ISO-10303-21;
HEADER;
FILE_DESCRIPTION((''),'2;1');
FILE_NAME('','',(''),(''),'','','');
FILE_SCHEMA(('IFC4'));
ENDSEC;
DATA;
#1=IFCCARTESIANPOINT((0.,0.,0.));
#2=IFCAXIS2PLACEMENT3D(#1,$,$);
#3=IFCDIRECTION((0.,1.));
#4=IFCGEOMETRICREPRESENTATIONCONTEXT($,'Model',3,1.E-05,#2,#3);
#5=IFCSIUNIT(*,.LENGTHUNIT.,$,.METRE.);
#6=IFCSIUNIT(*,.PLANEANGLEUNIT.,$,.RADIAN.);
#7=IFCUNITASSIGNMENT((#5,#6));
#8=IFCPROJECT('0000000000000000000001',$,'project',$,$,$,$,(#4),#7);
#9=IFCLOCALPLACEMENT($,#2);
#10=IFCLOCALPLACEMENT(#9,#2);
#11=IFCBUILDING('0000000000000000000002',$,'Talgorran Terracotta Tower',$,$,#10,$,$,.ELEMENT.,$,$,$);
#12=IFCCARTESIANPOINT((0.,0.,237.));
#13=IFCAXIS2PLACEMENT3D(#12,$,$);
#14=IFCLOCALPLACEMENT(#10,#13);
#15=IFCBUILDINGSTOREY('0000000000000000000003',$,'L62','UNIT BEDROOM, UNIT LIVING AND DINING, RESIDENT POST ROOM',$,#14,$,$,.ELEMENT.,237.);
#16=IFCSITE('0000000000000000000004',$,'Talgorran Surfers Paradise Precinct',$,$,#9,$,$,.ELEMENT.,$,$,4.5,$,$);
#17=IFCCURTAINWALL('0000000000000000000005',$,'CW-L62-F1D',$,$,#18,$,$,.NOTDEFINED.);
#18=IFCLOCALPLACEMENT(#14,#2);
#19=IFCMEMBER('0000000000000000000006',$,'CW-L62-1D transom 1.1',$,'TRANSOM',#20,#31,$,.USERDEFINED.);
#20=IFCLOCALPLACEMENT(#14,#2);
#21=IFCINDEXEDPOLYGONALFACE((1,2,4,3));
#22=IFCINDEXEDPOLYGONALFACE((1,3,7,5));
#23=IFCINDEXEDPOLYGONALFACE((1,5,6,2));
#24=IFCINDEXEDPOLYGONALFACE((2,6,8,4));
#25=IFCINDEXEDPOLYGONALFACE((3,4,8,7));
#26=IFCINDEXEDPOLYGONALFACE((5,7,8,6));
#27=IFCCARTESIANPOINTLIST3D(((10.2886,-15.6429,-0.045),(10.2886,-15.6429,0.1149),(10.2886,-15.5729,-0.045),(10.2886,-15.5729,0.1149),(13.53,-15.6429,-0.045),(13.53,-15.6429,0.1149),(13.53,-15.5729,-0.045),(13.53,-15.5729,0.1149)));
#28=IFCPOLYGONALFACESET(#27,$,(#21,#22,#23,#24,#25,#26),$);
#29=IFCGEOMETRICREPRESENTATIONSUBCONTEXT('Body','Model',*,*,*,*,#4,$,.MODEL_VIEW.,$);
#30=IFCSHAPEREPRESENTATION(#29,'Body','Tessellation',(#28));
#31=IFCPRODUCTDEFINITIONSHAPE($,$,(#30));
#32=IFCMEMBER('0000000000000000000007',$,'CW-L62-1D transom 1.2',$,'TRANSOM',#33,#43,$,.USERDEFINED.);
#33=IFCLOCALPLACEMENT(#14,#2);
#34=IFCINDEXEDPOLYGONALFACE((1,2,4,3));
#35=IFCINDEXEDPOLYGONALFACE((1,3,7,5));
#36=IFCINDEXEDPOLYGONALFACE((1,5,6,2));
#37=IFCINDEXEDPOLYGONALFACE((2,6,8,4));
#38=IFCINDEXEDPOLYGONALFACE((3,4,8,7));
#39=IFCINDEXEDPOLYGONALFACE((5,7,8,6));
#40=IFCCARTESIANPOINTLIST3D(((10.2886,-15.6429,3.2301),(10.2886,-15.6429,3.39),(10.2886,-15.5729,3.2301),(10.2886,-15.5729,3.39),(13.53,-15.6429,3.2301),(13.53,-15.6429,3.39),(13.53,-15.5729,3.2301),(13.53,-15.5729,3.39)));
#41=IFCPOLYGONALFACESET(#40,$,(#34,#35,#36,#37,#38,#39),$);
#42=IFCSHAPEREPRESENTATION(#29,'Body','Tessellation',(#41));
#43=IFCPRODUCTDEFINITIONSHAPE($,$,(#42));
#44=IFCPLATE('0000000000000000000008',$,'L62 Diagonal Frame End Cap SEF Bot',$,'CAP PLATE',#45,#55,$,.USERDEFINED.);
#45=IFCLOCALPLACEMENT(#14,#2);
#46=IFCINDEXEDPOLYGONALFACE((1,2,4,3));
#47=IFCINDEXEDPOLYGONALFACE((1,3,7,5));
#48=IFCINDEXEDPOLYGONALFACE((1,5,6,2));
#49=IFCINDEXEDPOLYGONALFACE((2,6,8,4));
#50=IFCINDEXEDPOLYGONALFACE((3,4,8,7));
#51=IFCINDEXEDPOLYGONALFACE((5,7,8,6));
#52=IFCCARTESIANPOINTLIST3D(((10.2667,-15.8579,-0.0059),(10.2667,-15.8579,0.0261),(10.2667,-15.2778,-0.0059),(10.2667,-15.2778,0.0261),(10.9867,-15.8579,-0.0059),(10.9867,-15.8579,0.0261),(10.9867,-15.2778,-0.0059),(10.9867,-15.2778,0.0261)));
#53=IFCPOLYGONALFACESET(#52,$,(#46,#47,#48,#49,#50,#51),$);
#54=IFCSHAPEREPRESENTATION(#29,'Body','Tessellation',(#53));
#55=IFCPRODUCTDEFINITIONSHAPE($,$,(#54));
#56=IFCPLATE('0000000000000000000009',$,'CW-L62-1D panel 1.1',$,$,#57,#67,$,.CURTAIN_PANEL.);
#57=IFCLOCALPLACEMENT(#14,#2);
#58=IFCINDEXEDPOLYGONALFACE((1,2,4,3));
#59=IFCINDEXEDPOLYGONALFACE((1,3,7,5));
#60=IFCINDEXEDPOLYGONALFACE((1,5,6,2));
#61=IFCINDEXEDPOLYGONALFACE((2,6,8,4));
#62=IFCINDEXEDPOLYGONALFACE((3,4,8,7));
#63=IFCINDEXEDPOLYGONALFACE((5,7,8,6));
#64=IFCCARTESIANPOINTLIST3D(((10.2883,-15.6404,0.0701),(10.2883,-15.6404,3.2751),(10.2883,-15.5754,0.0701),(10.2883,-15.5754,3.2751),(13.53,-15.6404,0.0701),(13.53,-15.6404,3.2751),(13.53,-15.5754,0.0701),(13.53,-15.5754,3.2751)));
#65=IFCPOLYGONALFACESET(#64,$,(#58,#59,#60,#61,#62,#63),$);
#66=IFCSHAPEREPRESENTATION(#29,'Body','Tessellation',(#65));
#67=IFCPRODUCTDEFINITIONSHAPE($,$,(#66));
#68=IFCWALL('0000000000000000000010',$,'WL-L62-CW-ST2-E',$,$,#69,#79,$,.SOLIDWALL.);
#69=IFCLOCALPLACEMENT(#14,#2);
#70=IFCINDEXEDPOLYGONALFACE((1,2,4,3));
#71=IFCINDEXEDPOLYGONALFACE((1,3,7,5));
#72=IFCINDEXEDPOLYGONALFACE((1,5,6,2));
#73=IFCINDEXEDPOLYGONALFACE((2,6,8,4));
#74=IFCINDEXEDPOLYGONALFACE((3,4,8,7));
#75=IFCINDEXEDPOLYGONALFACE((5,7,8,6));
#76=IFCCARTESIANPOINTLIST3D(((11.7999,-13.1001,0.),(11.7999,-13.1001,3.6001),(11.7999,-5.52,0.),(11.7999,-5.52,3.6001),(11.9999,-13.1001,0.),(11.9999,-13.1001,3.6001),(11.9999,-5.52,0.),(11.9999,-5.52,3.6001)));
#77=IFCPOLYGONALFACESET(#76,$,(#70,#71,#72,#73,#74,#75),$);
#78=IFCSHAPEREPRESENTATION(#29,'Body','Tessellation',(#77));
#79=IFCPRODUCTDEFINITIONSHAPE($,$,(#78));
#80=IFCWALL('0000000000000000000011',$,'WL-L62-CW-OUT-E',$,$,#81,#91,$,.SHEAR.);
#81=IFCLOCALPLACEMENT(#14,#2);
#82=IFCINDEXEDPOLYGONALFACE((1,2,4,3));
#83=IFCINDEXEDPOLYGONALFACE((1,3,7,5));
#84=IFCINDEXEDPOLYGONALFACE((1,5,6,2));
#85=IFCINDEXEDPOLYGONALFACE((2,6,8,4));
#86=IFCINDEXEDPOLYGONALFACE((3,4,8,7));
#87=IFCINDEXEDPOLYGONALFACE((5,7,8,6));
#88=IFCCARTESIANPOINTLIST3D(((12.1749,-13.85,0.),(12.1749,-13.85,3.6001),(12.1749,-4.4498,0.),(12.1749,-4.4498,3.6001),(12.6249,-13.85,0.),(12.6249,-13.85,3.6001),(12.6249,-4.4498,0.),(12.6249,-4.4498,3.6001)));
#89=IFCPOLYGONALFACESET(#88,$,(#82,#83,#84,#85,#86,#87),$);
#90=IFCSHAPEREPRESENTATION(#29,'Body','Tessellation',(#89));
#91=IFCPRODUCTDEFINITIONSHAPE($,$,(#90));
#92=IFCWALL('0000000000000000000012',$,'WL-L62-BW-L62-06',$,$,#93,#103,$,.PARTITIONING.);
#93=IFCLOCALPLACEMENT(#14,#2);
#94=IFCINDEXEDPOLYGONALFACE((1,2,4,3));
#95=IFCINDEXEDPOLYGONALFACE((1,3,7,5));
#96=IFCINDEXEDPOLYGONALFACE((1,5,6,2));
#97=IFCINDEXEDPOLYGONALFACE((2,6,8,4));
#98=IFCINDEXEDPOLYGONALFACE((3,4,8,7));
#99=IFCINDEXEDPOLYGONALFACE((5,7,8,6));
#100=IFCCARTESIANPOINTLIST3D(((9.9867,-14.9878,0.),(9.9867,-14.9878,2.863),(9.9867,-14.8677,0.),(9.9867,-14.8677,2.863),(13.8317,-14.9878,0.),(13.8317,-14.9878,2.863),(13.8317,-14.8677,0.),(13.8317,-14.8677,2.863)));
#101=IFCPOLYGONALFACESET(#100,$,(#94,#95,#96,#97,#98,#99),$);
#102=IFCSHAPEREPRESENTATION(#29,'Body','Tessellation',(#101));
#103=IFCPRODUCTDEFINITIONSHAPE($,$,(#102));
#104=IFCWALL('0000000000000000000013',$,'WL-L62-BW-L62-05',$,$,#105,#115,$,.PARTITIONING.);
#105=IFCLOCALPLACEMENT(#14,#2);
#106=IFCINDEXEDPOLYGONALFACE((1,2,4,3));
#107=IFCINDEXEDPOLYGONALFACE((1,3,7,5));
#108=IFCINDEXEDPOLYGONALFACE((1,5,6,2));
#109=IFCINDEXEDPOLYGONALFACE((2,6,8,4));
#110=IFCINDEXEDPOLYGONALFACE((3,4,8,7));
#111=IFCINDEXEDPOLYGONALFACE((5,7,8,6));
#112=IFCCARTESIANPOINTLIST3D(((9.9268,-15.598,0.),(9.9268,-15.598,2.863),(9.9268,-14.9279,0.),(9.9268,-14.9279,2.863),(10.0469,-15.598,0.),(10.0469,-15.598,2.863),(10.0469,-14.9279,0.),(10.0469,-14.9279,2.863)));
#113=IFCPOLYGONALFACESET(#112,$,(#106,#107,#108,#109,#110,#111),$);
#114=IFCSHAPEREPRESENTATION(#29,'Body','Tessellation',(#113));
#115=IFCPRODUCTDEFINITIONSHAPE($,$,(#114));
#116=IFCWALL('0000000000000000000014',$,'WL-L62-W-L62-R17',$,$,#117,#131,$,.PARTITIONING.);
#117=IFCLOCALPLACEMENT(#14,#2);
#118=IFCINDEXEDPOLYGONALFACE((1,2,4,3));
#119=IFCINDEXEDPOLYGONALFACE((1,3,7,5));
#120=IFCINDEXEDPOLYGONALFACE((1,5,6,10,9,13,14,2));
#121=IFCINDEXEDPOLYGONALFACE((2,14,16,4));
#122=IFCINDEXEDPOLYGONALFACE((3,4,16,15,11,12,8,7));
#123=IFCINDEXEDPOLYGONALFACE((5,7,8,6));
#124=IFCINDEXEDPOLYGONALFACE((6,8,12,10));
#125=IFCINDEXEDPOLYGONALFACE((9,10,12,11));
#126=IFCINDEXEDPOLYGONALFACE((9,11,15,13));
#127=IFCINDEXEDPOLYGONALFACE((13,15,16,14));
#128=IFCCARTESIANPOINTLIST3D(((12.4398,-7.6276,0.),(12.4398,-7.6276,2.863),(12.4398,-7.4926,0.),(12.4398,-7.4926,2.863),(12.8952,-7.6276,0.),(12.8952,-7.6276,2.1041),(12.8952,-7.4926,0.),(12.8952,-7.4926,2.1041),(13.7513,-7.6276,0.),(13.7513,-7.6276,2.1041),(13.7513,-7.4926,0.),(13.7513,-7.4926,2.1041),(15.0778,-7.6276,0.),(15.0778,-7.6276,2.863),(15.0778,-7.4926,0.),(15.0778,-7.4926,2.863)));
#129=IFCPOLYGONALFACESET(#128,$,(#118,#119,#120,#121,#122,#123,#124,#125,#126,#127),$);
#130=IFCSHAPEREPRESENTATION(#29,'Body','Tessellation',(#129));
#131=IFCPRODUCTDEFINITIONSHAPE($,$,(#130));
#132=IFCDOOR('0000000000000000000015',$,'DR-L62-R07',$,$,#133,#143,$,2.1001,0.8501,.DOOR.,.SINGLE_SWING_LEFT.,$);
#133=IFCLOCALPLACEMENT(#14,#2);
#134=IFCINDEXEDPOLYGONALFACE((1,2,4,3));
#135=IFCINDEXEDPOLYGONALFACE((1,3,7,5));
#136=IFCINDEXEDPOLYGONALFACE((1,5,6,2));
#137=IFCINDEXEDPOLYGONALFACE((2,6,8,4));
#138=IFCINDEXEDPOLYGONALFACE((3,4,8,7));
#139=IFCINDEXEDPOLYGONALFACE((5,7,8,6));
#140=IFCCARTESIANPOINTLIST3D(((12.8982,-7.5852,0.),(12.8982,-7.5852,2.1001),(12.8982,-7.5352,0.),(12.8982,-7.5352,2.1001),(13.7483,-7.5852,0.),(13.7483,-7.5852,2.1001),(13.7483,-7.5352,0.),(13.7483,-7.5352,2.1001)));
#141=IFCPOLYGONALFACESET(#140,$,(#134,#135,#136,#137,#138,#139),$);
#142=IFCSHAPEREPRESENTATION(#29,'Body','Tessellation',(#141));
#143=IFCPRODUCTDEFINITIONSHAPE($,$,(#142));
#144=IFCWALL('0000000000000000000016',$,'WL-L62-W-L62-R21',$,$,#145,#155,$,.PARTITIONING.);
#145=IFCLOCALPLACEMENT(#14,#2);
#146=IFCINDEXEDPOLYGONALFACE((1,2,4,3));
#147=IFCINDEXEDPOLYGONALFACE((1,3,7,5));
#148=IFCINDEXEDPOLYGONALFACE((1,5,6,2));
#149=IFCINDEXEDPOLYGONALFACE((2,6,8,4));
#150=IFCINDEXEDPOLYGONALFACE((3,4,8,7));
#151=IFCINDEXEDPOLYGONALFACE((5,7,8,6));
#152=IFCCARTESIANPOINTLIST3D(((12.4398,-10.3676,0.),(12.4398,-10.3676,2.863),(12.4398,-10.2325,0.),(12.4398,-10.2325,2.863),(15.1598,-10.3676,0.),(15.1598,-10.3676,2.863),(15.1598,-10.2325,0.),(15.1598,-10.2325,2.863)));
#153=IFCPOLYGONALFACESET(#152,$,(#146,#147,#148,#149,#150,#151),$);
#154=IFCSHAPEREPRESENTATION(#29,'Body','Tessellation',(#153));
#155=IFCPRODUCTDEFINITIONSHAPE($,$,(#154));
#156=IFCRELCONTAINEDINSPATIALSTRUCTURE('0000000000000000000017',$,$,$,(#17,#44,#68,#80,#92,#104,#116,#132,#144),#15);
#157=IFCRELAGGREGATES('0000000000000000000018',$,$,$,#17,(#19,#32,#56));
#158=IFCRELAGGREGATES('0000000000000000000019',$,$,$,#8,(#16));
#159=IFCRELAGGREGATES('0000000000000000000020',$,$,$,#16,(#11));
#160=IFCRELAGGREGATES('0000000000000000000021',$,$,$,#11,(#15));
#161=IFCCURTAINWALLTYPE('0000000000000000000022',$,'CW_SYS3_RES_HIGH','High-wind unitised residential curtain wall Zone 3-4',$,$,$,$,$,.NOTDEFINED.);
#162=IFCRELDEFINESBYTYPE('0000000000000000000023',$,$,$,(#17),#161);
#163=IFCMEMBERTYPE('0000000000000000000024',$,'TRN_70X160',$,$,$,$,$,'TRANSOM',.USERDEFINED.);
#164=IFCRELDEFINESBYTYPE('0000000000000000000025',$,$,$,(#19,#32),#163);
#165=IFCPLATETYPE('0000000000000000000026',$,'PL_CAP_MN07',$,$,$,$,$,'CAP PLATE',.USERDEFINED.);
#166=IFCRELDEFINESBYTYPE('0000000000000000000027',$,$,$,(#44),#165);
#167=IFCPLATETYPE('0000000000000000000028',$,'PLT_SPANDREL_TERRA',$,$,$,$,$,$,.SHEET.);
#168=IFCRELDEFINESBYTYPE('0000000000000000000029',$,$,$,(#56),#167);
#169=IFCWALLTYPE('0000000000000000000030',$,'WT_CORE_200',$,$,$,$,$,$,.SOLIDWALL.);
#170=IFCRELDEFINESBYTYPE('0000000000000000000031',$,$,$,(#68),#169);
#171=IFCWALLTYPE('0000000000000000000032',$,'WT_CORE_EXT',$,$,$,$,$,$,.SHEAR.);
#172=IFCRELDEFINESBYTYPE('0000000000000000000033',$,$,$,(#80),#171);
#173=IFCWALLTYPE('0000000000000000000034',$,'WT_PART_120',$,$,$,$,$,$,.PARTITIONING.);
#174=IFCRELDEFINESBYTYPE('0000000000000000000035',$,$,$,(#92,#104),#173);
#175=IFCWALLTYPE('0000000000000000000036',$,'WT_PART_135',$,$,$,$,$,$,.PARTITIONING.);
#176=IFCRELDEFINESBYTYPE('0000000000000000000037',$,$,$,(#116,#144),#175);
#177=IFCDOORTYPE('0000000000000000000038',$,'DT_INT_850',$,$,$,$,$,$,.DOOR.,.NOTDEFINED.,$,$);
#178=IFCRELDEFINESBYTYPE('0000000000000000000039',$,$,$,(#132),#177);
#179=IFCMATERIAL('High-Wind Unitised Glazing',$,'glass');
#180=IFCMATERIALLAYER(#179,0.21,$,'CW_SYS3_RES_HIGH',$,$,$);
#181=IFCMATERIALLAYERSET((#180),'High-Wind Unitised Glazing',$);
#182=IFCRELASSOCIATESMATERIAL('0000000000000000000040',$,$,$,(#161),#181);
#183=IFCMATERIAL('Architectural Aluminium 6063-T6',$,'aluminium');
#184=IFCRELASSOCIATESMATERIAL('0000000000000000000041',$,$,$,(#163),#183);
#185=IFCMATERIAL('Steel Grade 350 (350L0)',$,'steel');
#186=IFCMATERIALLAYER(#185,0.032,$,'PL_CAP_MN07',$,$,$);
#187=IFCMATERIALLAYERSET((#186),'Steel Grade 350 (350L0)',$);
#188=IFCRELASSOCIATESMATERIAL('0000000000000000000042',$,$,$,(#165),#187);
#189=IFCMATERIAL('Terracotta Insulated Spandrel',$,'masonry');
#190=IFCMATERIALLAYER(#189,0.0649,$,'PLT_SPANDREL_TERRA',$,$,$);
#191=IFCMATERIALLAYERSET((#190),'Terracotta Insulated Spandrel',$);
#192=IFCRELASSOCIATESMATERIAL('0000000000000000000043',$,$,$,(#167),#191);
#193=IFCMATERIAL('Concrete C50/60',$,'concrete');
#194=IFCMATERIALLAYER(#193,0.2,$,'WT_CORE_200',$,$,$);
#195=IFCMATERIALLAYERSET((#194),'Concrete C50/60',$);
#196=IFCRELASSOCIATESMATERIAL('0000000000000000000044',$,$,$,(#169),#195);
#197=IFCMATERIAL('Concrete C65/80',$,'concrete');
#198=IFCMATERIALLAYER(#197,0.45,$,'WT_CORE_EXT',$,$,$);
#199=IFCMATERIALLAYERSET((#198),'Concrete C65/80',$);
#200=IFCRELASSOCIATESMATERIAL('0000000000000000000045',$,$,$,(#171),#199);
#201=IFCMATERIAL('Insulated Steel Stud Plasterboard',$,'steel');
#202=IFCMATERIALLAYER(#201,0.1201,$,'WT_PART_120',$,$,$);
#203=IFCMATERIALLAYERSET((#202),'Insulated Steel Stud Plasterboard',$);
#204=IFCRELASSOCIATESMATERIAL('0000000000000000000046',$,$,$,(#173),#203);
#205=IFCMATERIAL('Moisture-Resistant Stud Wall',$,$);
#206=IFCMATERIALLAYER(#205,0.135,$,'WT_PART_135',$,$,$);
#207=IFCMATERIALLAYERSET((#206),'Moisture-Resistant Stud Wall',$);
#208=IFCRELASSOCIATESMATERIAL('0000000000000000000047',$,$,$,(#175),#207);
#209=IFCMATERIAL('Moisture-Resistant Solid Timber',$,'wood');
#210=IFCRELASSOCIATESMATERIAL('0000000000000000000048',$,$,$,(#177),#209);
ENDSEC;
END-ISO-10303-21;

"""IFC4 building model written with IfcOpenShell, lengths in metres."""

from ifc_helpers import new_model, si_unit, direction, frame, frame_2d, origin, origin_2d, place, context, subcontext, project, spatial, rectangle, extrude, source, transform, mapped, material, layer, layer_set, material_profile, profile_set, type_object, type_shapes, element, fill, aggregate, save


model = new_model("IFC4")

# Units and contexts
model_context = context("Model", 3, precision=1e-05, world=origin(), true_north=direction((0.0, 1.0)))
body_context = subcontext(model_context, "Body", "Model", "MODEL_VIEW")
ifc_project = project(units=[si_unit("LENGTHUNIT", "METRE"), si_unit("PLANEANGLEUNIT", "RADIAN")], contexts=[model_context])

# Site, building, storey
site_placement = place(None, origin())
site = spatial("IfcSite", under=ifc_project, at=site_placement, Name="Talgorran Surfers Paradise Precinct", CompositionType="ELEMENT", RefElevation=4.5)
building_placement = place(site_placement, origin())
building = spatial("IfcBuilding", under=site, at=building_placement, Name="Talgorran Terracotta Tower", CompositionType="ELEMENT")
storey_placement = place(building_placement, frame((0.0, 0.0, 237.0)))
storey = spatial("IfcBuildingStorey", under=building, at=storey_placement, Name="L62", Description="UNIT BEDROOM, UNIT LIVING AND DINING, RESIDENT POST ROOM", CompositionType="ELEMENT", Elevation=237.0)

# Shared definitions
ifc_material_1 = material(Name="Steel Grade 350 (350L0)", Category="steel")

# Shared definitions
ifc_material_2 = material(Name="High-Wind Unitised Glazing", Category="glass")
ifc_layer_1 = layer(ifc_material_2, 0.21, Name="CW_SYS3_RES_HIGH")
ifc_layer_set_1 = layer_set([ifc_layer_1], Name="High-Wind Unitised Glazing")
curtain_wall_type = type_object("IfcCurtainWallType", Name="CW_SYS3_RES_HIGH", Description="High-wind unitised residential curtain wall Zone 3-4", PredefinedType="NOTDEFINED", material=ifc_layer_set_1)
ifc_material_3 = material(Name="Architectural Aluminium 6063-T6", Category="aluminium")

# Curtain wall, members
curtain_wall_1_placement = place(storey_placement, origin())
curtain_wall_1 = element("IfcCurtainWall", 1, at=curtain_wall_1_placement, inside=storey, type_object=curtain_wall_type, Name="CW-L62-F1D", PredefinedType="NOTDEFINED")
ifc_material_profile_1 = material_profile(ifc_material_3, rectangle(XDim=0.0701, YDim=0.1599, at=origin_2d()), Name="CWT70X160")
ifc_profile_set_1 = profile_set([ifc_material_profile_1], Name="Architectural Aluminium 6063-T6")
member_type_1 = type_object("IfcMemberType", Name="TRN_70X160", ElementType="TRANSOM", PredefinedType="USERDEFINED", material=ifc_profile_set_1)
member_1_placement = place(storey_placement, frame((10.2886, -15.6079, 0.0349), z_axis=(1.0, 0.0, 0.0), x_axis=(0.0, 1.0, 0.0)))
member_1 = element("IfcMember", 2, at=member_1_placement, type_object=member_type_1, Name="CW-L62-1D transom 1.1", ObjectType="TRANSOM", PredefinedType="USERDEFINED", context=body_context, shape_type="SweptSolid", body=[
    extrude(rectangle(XDim=0.0701, YDim=0.1599, at=origin_2d()), origin(), (0.0, 0.0, 1.0), 3.2415),
])
member_2_placement = place(storey_placement, frame((10.2886, -15.6079, 3.3101), z_axis=(1.0, 0.0, 0.0), x_axis=(0.0, 1.0, 0.0)))
member_2 = element("IfcMember", 3, at=member_2_placement, type_object=member_type_1, Name="CW-L62-1D transom 1.2", ObjectType="TRANSOM", PredefinedType="USERDEFINED", context=body_context, shape_type="SweptSolid", body=[
    extrude(rectangle(XDim=0.0701, YDim=0.1599, at=origin_2d()), origin(), (0.0, 0.0, 1.0), 3.2415),
])

# Plates
ifc_layer_2 = layer(ifc_material_1, 0.032, Name="PL_CAP_MN07")
ifc_layer_set_2 = layer_set([ifc_layer_2], Name="Steel Grade 350 (350L0)")
plate_type_1 = type_object("IfcPlateType", Name="PL_CAP_MN07", ElementType="CAP PLATE", PredefinedType="USERDEFINED", material=ifc_layer_set_2)
plate_1_placement = place(storey_placement, frame((10.6267, -15.5679, -0.0059), z_axis=(0.0, 0.0, 1.0), x_axis=(1.0, 0.0, 0.0)))
element("IfcPlate", 4, at=plate_1_placement, inside=storey, type_object=plate_type_1, Name="L62 Diagonal Frame End Cap SEF Bot", ObjectType="CAP PLATE", PredefinedType="USERDEFINED", context=body_context, shape_type="SweptSolid", body=[
    extrude(rectangle(XDim=0.72, YDim=0.5801, at=origin_2d()), origin(), (0.0, 0.0, 1.0), 0.032),
])
ifc_material_4 = material(Name="Terracotta Insulated Spandrel", Category="masonry")
ifc_layer_3 = layer(ifc_material_4, 0.0649, Name="PLT_SPANDREL_TERRA")
ifc_layer_set_3 = layer_set([ifc_layer_3], Name="Terracotta Insulated Spandrel")
plate_type_2 = type_object("IfcPlateType", Name="PLT_SPANDREL_TERRA", PredefinedType="SHEET", material=ifc_layer_set_3)
shared_shape = source(origin(), body_context, "Body", "SweptSolid", [
    extrude(rectangle(XDim=3.2417, YDim=0.0649, at=origin_2d()), origin(), (0.0, 0.0, 1.0), 3.2051),
])
type_shapes(plate_type_2, [shared_shape])
plate_2_placement = place(storey_placement, frame((11.9092, -15.6079, 0.0701), z_axis=(0.0, 0.0, 1.0), x_axis=(1.0, 0.0, 0.0)))
plate_2 = element("IfcPlate", 5, at=plate_2_placement, type_object=plate_type_2, Name="CW-L62-1D panel 1.1", PredefinedType="CURTAIN_PANEL", context=body_context, shape_type="MappedRepresentation", body=[
    mapped(shared_shape, transform((0.0, 0.0, 0.0), scale=1.0)),
])
aggregate(curtain_wall_1, [member_1, member_2, plate_2])

# Walls
ifc_material_5 = material(Name="Concrete C50/60", Category="concrete")
ifc_layer_4 = layer(ifc_material_5, 0.2, Name="WT_CORE_200")
ifc_layer_set_4 = layer_set([ifc_layer_4], Name="Concrete C50/60")
wall_type_1 = type_object("IfcWallType", Name="WT_CORE_200", PredefinedType="SOLIDWALL", material=ifc_layer_set_4)
wall_1_placement = place(storey_placement, frame((11.8999, -13.1001, 0.0), z_axis=(0.0, 0.0, 1.0), x_axis=(0.0, 1.0, 0.0)))
element("IfcWall", 6, at=wall_1_placement, inside=storey, type_object=wall_type_1, Name="WL-L62-CW-ST2-E", PredefinedType="SOLIDWALL", context=body_context, shape_type="SweptSolid", body=[
    extrude(rectangle(XDim=7.5801, YDim=0.2, at=frame_2d((3.79, 0.0))), origin(), (0.0, 0.0, 1.0), 3.6001),
])
ifc_material_6 = material(Name="Concrete C65/80", Category="concrete")
ifc_layer_5 = layer(ifc_material_6, 0.45, Name="WT_CORE_EXT")
ifc_layer_set_5 = layer_set([ifc_layer_5], Name="Concrete C65/80")
wall_type_2 = type_object("IfcWallType", Name="WT_CORE_EXT", PredefinedType="SHEAR", material=ifc_layer_set_5)
wall_2_placement = place(storey_placement, frame((12.3999, -13.8501, 0.0), z_axis=(0.0, 0.0, 1.0), x_axis=(0.0, 1.0, 0.0)))
element("IfcWall", 7, at=wall_2_placement, inside=storey, type_object=wall_type_2, Name="WL-L62-CW-OUT-E", PredefinedType="SHEAR", context=body_context, shape_type="SweptSolid", body=[
    extrude(rectangle(XDim=9.4001, YDim=0.45, at=frame_2d((4.7002, 0.0))), origin(), (0.0, 0.0, 1.0), 3.6001),
])
ifc_material_7 = material(Name="Insulated Steel Stud Plasterboard", Category="steel")
ifc_layer_6 = layer(ifc_material_7, 0.1201, Name="WT_PART_120")
ifc_layer_set_6 = layer_set([ifc_layer_6], Name="Insulated Steel Stud Plasterboard")
wall_type_3 = type_object("IfcWallType", Name="WT_PART_120", PredefinedType="PARTITIONING", material=ifc_layer_set_6)
wall_3_placement = place(storey_placement, frame((9.9868, -14.9277, 0.0), z_axis=(0.0, 0.0, 1.0), x_axis=(1.0, 0.0, 0.0)))
element("IfcWall", 8, at=wall_3_placement, inside=storey, type_object=wall_type_3, Name="WL-L62-BW-L62-06", PredefinedType="PARTITIONING", context=body_context, shape_type="SweptSolid", body=[
    extrude(rectangle(XDim=3.845, YDim=0.1201, at=frame_2d((1.9224, 0.0))), origin(), (0.0, 0.0, 1.0), 2.863),
])
wall_4_placement = place(storey_placement, frame((9.9868, -15.5979, 0.0), z_axis=(0.0, 0.0, 1.0), x_axis=(0.0, 1.0, 0.0)))
element("IfcWall", 9, at=wall_4_placement, inside=storey, type_object=wall_type_3, Name="WL-L62-BW-L62-05", PredefinedType="PARTITIONING", context=body_context, shape_type="SweptSolid", body=[
    extrude(rectangle(XDim=0.6702, YDim=0.1201, at=frame_2d((0.335, 0.0))), origin(), (0.0, 0.0, 1.0), 2.863),
])

# Wall, opening, door
ifc_material_8 = material(Name="Moisture-Resistant Stud Wall")
ifc_layer_7 = layer(ifc_material_8, 0.135, Name="WT_PART_135")
ifc_layer_set_7 = layer_set([ifc_layer_7], Name="Moisture-Resistant Stud Wall")
wall_type_4 = type_object("IfcWallType", Name="WT_PART_135", PredefinedType="PARTITIONING", material=ifc_layer_set_7)
wall_5_placement = place(storey_placement, frame((12.4399, -7.5601, 0.0), z_axis=(0.0, 0.0, 1.0), x_axis=(1.0, 0.0, 0.0)))
wall_5 = element("IfcWall", 10, at=wall_5_placement, inside=storey, type_object=wall_type_4, Name="WL-L62-W-L62-R17", PredefinedType="PARTITIONING", context=body_context, shape_type="SweptSolid", body=[
    extrude(rectangle(XDim=2.6379, YDim=0.135, at=frame_2d((1.3188, 0.0))), origin(), (0.0, 0.0, 1.0), 2.863),
])
opening_placement = place(wall_5_placement, frame((0.4583, 0.0, 0.0)))
opening = element("IfcOpeningElement", 11, at=opening_placement, cuts=wall_5, PredefinedType="OPENING", context=body_context, shape_type="SweptSolid", body=[
    extrude(rectangle(XDim=0.8561, YDim=2.1041, at=frame_2d((0.425, 1.052))), frame((0.0, 0.0776, 0.0), z_axis=(0.0, -1.0, 0.0), x_axis=(1.0, 0.0, 0.0)), (0.0, 0.0, 1.0), 0.155),
])
ifc_material_9 = material(Name="Moisture-Resistant Solid Timber", Category="wood")
door_type = type_object("IfcDoorType", Name="DT_INT_850", OperationType="NOTDEFINED", PredefinedType="DOOR", material=ifc_material_9)
door_placement = place(opening_placement, origin())
door = element("IfcDoor", 12, at=door_placement, inside=storey, type_object=door_type, Name="DR-L62-R07", OperationType="SINGLE_SWING_LEFT", OverallHeight=2.1001, OverallWidth=0.8501, PredefinedType="DOOR", context=body_context, shape_type="SweptSolid", body=[
    extrude(rectangle(XDim=0.8501, YDim=2.1001, at=frame_2d((0.425, 1.05))), frame((0.0, 0.0249, 0.0), z_axis=(0.0, -1.0, 0.0), x_axis=(1.0, 0.0, 0.0)), (0.0, 0.0, 1.0), 0.05),
])
fill(opening, door)

# Wall
wall_6_placement = place(storey_placement, frame((12.4399, -10.3, 0.0), z_axis=(0.0, 0.0, 1.0), x_axis=(1.0, 0.0, 0.0)))
element("IfcWall", 13, at=wall_6_placement, inside=storey, type_object=wall_type_4, Name="WL-L62-W-L62-R21", PredefinedType="PARTITIONING", context=body_context, shape_type="SweptSolid", body=[
    extrude(rectangle(XDim=2.72, YDim=0.135, at=frame_2d((1.3599, 0.0))), origin(), (0.0, 0.0, 1.0), 2.863),
])

save(model, "model.ifc")
